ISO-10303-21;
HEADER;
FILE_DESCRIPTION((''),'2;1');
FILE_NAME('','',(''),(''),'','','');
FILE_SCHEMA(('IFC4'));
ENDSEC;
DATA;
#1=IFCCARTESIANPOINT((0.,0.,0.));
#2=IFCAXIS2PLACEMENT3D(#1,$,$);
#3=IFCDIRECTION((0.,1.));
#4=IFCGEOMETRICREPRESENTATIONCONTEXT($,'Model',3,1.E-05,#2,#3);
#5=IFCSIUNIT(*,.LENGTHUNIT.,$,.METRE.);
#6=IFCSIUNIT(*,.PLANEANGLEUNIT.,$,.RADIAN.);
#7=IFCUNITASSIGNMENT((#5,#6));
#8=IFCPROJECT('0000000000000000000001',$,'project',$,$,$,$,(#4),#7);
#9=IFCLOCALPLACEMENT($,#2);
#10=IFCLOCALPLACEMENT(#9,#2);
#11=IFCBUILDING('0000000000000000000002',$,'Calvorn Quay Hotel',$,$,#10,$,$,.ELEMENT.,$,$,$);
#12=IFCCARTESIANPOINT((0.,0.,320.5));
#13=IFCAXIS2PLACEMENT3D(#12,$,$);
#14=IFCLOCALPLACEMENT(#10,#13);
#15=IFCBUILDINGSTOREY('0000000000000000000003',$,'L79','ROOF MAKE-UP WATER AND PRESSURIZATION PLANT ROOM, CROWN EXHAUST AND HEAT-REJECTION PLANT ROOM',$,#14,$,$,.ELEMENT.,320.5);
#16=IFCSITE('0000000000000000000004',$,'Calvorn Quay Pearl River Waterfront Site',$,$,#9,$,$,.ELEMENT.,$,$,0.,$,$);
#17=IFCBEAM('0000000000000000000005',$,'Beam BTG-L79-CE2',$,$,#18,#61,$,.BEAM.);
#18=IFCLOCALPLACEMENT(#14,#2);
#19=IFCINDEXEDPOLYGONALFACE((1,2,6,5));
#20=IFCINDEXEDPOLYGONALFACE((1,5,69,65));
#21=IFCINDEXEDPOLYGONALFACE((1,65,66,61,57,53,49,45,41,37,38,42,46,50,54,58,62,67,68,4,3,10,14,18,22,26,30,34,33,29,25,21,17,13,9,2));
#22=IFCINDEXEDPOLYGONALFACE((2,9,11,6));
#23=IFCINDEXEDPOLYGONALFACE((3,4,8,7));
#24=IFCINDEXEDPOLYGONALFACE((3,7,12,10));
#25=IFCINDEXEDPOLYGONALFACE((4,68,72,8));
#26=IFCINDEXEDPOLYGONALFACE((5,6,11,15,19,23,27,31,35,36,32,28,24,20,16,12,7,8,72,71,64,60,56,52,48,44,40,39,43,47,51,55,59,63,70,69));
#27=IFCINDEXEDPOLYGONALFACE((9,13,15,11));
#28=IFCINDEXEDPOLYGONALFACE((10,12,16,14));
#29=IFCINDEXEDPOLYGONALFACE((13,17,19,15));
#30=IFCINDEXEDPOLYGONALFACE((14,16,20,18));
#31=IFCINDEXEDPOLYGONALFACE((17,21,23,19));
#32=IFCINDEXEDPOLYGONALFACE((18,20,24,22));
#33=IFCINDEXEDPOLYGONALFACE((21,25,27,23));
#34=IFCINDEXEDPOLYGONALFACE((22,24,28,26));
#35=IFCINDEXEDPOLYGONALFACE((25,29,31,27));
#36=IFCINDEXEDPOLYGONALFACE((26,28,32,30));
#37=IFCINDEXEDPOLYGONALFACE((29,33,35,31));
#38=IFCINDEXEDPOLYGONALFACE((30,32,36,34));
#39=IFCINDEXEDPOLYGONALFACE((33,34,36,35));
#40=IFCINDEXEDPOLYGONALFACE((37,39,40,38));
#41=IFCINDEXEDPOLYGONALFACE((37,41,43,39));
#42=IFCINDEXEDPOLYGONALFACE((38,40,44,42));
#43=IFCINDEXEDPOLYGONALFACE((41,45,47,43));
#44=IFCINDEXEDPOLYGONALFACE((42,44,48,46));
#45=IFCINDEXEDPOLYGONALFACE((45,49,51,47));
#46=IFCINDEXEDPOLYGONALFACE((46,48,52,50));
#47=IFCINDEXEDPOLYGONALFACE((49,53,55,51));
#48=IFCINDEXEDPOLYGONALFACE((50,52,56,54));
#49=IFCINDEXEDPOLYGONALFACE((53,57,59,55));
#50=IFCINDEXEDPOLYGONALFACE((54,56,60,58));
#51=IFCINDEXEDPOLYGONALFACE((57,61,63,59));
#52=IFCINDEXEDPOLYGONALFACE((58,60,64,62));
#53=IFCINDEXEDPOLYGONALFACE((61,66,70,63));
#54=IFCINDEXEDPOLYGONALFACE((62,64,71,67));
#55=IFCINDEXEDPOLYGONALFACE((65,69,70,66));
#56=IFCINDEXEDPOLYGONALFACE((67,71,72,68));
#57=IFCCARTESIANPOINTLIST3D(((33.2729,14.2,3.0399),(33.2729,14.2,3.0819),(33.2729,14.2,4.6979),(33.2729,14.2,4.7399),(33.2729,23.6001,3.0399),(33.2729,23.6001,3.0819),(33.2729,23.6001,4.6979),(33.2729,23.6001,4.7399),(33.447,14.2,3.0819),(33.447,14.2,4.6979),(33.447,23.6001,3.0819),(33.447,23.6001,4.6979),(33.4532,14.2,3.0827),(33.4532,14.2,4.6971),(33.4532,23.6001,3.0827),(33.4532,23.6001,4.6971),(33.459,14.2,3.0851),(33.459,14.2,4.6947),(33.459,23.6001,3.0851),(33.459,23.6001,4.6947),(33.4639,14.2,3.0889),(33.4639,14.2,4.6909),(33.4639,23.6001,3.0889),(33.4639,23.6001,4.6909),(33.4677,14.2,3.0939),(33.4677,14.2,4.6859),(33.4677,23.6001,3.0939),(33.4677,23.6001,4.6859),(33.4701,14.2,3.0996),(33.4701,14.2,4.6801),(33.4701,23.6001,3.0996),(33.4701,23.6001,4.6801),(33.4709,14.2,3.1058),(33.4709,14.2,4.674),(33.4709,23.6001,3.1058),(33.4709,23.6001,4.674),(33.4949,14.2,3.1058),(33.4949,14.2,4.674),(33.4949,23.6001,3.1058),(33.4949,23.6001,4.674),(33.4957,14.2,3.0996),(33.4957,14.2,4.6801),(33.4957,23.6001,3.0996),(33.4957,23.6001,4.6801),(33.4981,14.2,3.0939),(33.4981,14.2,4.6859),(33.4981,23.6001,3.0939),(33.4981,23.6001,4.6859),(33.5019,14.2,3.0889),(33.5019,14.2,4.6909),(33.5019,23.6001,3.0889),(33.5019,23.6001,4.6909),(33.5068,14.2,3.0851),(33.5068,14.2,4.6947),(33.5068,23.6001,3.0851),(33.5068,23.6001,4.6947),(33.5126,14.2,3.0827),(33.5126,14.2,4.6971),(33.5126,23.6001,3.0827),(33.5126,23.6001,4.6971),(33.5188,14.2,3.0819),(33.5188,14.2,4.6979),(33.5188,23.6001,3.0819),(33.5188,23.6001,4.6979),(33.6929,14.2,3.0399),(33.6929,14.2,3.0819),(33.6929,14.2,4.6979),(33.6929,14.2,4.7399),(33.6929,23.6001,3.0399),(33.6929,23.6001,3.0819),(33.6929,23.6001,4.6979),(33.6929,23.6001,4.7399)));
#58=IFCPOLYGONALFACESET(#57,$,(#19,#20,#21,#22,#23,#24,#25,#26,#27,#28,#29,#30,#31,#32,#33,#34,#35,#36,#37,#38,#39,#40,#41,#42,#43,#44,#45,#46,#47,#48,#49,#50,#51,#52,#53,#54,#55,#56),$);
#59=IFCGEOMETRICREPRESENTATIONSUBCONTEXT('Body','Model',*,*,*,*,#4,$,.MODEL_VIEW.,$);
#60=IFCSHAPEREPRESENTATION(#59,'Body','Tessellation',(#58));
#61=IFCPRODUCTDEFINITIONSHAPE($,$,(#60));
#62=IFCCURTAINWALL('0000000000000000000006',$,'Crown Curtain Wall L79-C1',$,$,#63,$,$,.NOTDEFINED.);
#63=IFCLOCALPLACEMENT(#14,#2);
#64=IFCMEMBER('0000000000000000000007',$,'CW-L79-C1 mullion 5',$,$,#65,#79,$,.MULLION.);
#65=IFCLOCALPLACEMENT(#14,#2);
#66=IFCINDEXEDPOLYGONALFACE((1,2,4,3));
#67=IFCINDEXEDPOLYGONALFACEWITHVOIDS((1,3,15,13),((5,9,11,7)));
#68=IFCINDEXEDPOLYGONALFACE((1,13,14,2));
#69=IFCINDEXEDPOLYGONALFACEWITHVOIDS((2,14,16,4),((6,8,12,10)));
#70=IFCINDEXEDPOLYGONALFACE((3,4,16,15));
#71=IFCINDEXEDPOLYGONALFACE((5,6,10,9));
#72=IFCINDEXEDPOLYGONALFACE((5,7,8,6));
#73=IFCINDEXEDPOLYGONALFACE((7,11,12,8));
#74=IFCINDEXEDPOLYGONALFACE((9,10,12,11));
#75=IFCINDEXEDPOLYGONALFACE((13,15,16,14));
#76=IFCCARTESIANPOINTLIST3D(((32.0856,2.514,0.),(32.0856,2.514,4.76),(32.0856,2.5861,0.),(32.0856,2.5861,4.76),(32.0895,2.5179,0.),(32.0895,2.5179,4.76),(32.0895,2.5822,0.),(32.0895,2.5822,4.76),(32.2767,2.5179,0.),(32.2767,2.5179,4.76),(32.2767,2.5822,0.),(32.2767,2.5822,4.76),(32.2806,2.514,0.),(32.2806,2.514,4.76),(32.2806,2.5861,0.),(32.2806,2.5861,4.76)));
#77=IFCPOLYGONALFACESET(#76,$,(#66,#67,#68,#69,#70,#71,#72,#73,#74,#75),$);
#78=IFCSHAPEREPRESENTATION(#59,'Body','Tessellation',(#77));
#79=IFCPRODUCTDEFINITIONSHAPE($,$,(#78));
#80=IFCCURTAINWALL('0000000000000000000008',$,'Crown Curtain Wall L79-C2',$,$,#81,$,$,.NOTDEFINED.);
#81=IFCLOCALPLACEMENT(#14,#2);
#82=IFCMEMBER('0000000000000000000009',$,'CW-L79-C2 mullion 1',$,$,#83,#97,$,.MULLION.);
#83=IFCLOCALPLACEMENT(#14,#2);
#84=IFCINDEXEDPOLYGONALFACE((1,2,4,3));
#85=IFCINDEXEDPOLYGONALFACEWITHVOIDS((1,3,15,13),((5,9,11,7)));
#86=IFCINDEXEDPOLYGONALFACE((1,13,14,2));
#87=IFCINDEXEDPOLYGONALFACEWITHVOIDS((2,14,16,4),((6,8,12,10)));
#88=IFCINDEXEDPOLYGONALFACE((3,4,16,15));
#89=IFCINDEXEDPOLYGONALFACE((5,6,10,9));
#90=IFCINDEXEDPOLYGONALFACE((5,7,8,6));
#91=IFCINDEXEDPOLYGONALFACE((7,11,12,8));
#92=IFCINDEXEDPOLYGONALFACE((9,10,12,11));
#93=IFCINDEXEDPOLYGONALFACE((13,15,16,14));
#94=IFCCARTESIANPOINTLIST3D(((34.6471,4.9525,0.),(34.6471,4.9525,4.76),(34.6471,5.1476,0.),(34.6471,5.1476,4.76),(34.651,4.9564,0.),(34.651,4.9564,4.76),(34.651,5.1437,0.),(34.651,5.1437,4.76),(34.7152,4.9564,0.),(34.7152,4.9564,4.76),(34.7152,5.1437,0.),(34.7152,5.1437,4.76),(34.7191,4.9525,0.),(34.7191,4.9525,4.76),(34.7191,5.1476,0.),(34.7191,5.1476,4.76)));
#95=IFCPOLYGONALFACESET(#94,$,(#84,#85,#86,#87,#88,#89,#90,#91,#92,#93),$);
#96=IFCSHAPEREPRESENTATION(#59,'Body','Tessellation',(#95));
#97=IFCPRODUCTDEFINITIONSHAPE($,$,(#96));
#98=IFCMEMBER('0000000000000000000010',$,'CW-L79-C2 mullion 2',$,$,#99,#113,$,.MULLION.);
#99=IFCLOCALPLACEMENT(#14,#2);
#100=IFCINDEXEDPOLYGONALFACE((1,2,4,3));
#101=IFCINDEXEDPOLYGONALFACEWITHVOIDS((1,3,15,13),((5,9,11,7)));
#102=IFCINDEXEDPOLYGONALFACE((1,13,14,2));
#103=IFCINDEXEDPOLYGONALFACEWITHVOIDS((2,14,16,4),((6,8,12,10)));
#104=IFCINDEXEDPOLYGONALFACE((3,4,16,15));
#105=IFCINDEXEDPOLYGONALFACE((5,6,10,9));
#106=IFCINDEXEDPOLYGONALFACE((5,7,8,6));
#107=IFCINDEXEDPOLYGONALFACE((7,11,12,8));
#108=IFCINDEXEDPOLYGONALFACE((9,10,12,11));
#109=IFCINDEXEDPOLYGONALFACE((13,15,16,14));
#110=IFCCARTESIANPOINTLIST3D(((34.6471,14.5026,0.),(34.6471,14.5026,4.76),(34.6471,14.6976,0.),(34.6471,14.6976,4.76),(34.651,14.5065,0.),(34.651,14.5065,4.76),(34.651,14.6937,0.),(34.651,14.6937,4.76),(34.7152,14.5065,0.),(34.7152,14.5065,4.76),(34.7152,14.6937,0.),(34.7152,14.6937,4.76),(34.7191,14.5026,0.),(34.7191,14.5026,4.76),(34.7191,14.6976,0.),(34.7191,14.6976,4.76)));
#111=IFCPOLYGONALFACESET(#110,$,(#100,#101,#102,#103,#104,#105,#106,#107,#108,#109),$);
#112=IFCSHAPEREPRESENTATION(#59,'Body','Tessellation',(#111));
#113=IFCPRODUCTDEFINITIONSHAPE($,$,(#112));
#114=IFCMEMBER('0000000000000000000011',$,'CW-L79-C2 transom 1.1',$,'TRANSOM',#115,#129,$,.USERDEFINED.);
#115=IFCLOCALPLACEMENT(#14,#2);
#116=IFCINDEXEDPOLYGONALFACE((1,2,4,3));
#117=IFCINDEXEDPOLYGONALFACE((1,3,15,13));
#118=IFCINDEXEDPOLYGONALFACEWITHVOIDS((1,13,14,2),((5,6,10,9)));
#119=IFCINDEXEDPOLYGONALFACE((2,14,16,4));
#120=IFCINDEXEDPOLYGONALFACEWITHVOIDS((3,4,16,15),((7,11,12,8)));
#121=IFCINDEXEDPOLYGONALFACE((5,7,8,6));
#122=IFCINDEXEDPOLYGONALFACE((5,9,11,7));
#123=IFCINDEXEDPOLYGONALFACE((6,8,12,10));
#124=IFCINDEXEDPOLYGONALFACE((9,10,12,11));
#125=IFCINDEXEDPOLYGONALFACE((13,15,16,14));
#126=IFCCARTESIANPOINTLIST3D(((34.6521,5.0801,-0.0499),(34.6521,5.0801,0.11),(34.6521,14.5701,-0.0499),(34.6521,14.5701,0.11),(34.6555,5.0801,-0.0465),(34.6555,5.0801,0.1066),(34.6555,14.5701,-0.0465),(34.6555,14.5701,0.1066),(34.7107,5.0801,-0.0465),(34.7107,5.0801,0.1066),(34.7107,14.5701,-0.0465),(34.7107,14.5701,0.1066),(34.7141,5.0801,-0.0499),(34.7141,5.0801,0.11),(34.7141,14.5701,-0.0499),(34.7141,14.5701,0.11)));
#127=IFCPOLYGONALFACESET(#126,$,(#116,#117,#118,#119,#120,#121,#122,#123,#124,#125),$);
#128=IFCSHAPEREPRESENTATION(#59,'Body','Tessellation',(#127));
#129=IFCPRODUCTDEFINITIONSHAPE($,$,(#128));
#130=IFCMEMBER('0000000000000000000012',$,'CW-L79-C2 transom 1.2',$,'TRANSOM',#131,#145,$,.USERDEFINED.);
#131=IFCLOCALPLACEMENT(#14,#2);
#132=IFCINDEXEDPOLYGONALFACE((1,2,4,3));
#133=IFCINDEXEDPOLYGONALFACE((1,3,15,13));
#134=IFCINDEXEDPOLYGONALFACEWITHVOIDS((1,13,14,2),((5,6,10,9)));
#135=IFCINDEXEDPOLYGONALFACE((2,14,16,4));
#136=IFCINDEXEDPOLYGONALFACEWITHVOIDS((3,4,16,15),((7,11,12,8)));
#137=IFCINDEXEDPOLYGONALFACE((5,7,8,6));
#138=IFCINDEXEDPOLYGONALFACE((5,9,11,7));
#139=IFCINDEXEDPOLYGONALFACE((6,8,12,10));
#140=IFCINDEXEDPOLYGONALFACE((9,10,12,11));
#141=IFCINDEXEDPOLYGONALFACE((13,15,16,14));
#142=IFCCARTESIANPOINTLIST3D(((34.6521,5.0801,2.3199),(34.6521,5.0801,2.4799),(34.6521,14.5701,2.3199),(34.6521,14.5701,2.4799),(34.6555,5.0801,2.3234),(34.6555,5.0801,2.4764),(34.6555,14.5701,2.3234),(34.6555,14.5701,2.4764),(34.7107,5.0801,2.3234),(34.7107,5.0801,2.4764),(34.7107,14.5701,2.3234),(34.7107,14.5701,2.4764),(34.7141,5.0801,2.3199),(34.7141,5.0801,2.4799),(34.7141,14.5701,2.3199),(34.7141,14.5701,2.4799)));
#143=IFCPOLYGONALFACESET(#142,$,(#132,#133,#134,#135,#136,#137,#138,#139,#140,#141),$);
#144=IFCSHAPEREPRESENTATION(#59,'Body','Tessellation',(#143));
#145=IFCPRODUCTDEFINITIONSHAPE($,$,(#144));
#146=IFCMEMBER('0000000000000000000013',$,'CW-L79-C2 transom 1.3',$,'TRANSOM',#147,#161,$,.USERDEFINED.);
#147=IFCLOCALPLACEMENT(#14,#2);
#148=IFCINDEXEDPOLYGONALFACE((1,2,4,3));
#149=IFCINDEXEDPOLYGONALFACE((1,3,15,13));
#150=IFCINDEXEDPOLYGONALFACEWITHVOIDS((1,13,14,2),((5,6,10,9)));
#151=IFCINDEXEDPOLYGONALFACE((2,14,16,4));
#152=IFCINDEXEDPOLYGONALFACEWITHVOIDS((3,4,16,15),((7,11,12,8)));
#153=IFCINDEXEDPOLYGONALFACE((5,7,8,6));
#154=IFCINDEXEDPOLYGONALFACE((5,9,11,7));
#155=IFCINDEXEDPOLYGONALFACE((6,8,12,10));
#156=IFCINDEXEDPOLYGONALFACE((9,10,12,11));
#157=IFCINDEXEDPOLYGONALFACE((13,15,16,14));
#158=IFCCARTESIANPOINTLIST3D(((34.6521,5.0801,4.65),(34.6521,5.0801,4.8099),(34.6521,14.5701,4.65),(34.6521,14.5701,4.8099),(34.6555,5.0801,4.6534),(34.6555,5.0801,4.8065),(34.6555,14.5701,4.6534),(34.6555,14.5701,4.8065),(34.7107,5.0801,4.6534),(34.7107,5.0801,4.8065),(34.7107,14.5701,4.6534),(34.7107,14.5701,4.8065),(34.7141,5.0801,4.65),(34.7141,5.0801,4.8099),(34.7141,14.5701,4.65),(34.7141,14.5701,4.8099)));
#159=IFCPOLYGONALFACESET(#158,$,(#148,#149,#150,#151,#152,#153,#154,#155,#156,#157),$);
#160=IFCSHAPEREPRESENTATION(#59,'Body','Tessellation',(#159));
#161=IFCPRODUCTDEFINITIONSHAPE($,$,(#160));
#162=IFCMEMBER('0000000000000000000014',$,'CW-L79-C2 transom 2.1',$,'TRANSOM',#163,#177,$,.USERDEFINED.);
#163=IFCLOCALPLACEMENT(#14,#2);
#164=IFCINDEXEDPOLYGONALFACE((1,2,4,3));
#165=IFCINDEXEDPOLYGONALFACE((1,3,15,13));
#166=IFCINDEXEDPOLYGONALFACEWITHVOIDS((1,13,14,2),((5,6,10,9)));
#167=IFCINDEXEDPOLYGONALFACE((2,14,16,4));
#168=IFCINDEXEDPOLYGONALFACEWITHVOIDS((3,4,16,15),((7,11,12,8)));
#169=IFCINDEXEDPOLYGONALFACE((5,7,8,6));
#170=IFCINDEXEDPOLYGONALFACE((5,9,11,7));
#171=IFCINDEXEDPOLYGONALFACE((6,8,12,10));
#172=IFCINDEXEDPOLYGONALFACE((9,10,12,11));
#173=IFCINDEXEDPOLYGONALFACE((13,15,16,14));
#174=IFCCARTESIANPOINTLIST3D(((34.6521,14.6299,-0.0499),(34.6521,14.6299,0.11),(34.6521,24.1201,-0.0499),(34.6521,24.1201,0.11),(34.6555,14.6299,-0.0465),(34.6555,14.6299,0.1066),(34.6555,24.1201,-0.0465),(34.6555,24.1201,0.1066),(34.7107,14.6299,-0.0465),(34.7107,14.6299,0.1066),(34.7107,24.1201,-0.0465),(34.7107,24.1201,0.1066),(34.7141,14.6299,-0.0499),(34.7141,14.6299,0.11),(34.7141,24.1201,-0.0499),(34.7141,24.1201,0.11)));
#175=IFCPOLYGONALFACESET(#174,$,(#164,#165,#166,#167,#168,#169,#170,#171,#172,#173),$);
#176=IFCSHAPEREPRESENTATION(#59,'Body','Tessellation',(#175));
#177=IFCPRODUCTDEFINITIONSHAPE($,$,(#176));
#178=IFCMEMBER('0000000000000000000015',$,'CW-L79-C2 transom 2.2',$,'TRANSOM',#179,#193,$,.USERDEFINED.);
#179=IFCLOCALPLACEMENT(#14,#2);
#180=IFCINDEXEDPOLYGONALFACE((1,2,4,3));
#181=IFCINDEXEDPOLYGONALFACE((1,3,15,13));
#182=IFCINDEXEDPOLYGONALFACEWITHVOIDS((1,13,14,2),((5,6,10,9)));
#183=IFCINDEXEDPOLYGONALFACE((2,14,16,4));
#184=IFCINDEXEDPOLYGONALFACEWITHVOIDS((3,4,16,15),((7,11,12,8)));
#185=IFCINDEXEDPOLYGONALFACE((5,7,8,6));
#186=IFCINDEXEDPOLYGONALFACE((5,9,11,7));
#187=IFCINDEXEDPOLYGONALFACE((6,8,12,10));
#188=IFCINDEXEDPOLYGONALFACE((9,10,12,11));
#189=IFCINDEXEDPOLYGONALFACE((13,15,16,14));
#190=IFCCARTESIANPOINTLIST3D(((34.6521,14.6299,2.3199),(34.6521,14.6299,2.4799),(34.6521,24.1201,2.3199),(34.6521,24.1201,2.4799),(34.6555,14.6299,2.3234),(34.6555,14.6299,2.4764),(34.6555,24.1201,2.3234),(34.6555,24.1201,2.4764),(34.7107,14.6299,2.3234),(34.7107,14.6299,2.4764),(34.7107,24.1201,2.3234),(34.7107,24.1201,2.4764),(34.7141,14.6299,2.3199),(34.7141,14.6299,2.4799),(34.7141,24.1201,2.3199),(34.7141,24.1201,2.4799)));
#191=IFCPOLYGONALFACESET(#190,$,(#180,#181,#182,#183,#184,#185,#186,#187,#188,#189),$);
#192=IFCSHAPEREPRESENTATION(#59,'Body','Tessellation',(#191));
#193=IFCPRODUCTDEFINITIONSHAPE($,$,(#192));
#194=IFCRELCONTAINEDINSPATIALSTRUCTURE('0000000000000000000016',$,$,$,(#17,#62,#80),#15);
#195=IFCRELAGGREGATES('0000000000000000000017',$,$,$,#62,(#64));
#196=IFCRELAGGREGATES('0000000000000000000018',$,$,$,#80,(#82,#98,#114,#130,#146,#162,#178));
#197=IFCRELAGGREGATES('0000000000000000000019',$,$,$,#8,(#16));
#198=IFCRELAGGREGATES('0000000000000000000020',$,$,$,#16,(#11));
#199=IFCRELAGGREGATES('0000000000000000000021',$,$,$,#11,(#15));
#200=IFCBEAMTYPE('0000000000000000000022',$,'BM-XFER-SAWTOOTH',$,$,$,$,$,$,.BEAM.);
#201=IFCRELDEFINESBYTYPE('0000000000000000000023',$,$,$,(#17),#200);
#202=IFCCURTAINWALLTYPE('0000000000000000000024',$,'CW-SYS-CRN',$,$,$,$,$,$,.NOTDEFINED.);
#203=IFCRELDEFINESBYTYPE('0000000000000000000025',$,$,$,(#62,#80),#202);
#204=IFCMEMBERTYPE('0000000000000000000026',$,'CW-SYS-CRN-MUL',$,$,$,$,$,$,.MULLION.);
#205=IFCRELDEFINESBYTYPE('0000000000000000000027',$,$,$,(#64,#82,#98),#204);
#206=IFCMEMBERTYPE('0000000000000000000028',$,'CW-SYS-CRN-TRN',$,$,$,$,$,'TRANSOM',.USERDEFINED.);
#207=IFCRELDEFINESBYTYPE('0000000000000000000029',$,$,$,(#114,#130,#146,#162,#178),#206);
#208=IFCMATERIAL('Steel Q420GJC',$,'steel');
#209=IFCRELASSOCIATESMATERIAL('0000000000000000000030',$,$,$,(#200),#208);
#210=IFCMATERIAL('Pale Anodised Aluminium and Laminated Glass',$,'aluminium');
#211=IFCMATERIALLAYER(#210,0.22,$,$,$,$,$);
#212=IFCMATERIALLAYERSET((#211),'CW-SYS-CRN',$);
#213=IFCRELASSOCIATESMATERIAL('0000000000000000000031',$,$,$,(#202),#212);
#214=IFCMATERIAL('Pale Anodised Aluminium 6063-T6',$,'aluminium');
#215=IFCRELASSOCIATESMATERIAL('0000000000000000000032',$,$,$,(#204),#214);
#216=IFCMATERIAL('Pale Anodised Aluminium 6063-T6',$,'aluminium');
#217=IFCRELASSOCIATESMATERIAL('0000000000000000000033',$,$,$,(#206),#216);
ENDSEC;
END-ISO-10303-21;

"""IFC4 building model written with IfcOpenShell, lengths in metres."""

from ifc_helpers import new_model, si_unit, direction, frame, origin, origin_2d, place, context, subcontext, project, spatial, hollow_rectangle, i_section, extrude, material, layer, layer_set, material_profile, profile_set, type_object, element, aggregate, save


model = new_model("IFC4")

# Units and contexts
model_context = context("Model", 3, precision=1e-05, world=origin(), true_north=direction((0.0, 1.0)))
body_context = subcontext(model_context, "Body", "Model", "MODEL_VIEW")
ifc_project = project(units=[si_unit("LENGTHUNIT", "METRE"), si_unit("PLANEANGLEUNIT", "RADIAN")], contexts=[model_context])

# Site, building, storey
site_placement = place(None, origin())
site = spatial("IfcSite", under=ifc_project, at=site_placement, Name="Calvorn Quay Pearl River Waterfront Site", CompositionType="ELEMENT", RefElevation=0.0)
building_placement = place(site_placement, origin())
building = spatial("IfcBuilding", under=site, at=building_placement, Name="Calvorn Quay Hotel", CompositionType="ELEMENT")
storey_placement = place(building_placement, frame((0.0, 0.0, 320.5)))
storey = spatial("IfcBuildingStorey", under=building, at=storey_placement, Name="L79", Description="ROOF MAKE-UP WATER AND PRESSURIZATION PLANT ROOM, CROWN EXHAUST AND HEAT-REJECTION PLANT ROOM", CompositionType="ELEMENT", Elevation=320.5)

# Beam
ifc_material_1 = material(Name="Steel Q420GJC", Category="steel")
ifc_material_profile_1 = material_profile(ifc_material_1, i_section(OverallWidth=0.4199, OverallDepth=1.7, WebThickness=0.0239, FlangeThickness=0.042, FilletRadius=0.0239, at=origin_2d()), Name="HN1700x420x24x42")
ifc_profile_set_1 = profile_set([ifc_material_profile_1], Name="Steel Q420GJC")
beam_type_1 = type_object("IfcBeamType", Name="BM-XFER-SAWTOOTH", PredefinedType="BEAM", material=ifc_profile_set_1)
beam_1_placement = place(storey_placement, frame((33.4829, 14.2, 3.8899), z_axis=(0.0, 1.0, 0.0), x_axis=(-1.0, 0.0, 0.0)))
element("IfcBeam", 1, at=beam_1_placement, inside=storey, type_object=beam_type_1, Name="Beam BTG-L79-CE2", PredefinedType="BEAM", context=body_context, shape_type="SweptSolid", body=[
    extrude(i_section(OverallWidth=0.4199, OverallDepth=1.7, WebThickness=0.0239, FlangeThickness=0.042, FilletRadius=0.0239, at=origin_2d()), origin(), (0.0, 0.0, 1.0), 9.4001),
])

# Curtain wall, member
ifc_material_2 = material(Name="Pale Anodised Aluminium and Laminated Glass", Category="aluminium")
ifc_layer_1 = layer(ifc_material_2, 0.22)
ifc_layer_set_1 = layer_set([ifc_layer_1], Name="CW-SYS-CRN")
curtain_wall_type = type_object("IfcCurtainWallType", Name="CW-SYS-CRN", PredefinedType="NOTDEFINED", material=ifc_layer_set_1)
curtain_wall_1_placement = place(storey_placement, origin())
curtain_wall_1 = element("IfcCurtainWall", 2, at=curtain_wall_1_placement, inside=storey, type_object=curtain_wall_type, Name="Crown Curtain Wall L79-C1", PredefinedType="NOTDEFINED")
ifc_material_3 = material(Name="Pale Anodised Aluminium 6063-T6", Category="aluminium")
ifc_material_profile_2 = material_profile(ifc_material_3, hollow_rectangle(XDim=0.072, YDim=0.1951, WallThickness=0.0039, at=origin_2d()), Name="ALU-M195x72x4")
ifc_profile_set_2 = profile_set([ifc_material_profile_2], Name="Pale Anodised Aluminium 6063-T6")
member_type_1 = type_object("IfcMemberType", Name="CW-SYS-CRN-MUL", PredefinedType="MULLION", material=ifc_profile_set_2)
member_1_placement = place(storey_placement, frame((32.1831, 2.55, 0.0), z_axis=(0.0, 0.0, 1.0), x_axis=(0.0, 1.0, 0.0)))
member_1 = element("IfcMember", 3, at=member_1_placement, type_object=member_type_1, Name="CW-L79-C1 mullion 5", PredefinedType="MULLION", context=body_context, shape_type="SweptSolid", body=[
    extrude(hollow_rectangle(XDim=0.072, YDim=0.1951, WallThickness=0.0039, at=origin_2d()), origin(), (0.0, 0.0, 1.0), 4.76),
])
aggregate(curtain_wall_1, [member_1])

# Curtain wall, members
curtain_wall_2_placement = place(storey_placement, origin())
curtain_wall_2 = element("IfcCurtainWall", 4, at=curtain_wall_2_placement, inside=storey, type_object=curtain_wall_type, Name="Crown Curtain Wall L79-C2", PredefinedType="NOTDEFINED")
member_2_placement = place(storey_placement, frame((34.6831, 5.05, 0.0), z_axis=(0.0, 0.0, 1.0), x_axis=(-1.0, 0.0, 0.0)))
member_2 = element("IfcMember", 5, at=member_2_placement, type_object=member_type_1, Name="CW-L79-C2 mullion 1", PredefinedType="MULLION", context=body_context, shape_type="SweptSolid", body=[
    extrude(hollow_rectangle(XDim=0.072, YDim=0.1951, WallThickness=0.0039, at=origin_2d()), origin(), (0.0, 0.0, 1.0), 4.76),
])
member_3_placement = place(storey_placement, frame((34.6831, 14.6001, 0.0), z_axis=(0.0, 0.0, 1.0), x_axis=(-1.0, 0.0, 0.0)))
member_3 = element("IfcMember", 6, at=member_3_placement, type_object=member_type_1, Name="CW-L79-C2 mullion 2", PredefinedType="MULLION", context=body_context, shape_type="SweptSolid", body=[
    extrude(hollow_rectangle(XDim=0.072, YDim=0.1951, WallThickness=0.0039, at=origin_2d()), origin(), (0.0, 0.0, 1.0), 4.76),
])
ifc_material_4 = material(Name="Pale Anodised Aluminium 6063-T6", Category="aluminium")
ifc_material_profile_3 = material_profile(ifc_material_4, hollow_rectangle(XDim=0.062, YDim=0.1599, WallThickness=0.0034, at=origin_2d()), Name="ALU-T160x62x3.5")
ifc_profile_set_3 = profile_set([ifc_material_profile_3], Name="Pale Anodised Aluminium 6063-T6")
member_type_2 = type_object("IfcMemberType", Name="CW-SYS-CRN-TRN", ElementType="TRANSOM", PredefinedType="USERDEFINED", material=ifc_profile_set_3)
member_4_placement = place(storey_placement, frame((34.6831, 5.0801, 0.03), z_axis=(0.0, 1.0, 0.0), x_axis=(-1.0, 0.0, 0.0)))
member_4 = element("IfcMember", 7, at=member_4_placement, type_object=member_type_2, Name="CW-L79-C2 transom 1.1", ObjectType="TRANSOM", PredefinedType="USERDEFINED", context=body_context, shape_type="SweptSolid", body=[
    extrude(hollow_rectangle(XDim=0.062, YDim=0.1599, WallThickness=0.0034, at=origin_2d()), origin(), (0.0, 0.0, 1.0), 9.49),
])
member_5_placement = place(storey_placement, frame((34.6831, 5.0801, 2.3999), z_axis=(0.0, 1.0, 0.0), x_axis=(-1.0, 0.0, 0.0)))
member_5 = element("IfcMember", 8, at=member_5_placement, type_object=member_type_2, Name="CW-L79-C2 transom 1.2", ObjectType="TRANSOM", PredefinedType="USERDEFINED", context=body_context, shape_type="SweptSolid", body=[
    extrude(hollow_rectangle(XDim=0.062, YDim=0.1599, WallThickness=0.0034, at=origin_2d()), origin(), (0.0, 0.0, 1.0), 9.49),
])
member_6_placement = place(storey_placement, frame((34.6831, 5.0801, 4.73), z_axis=(0.0, 1.0, 0.0), x_axis=(-1.0, 0.0, 0.0)))
member_6 = element("IfcMember", 9, at=member_6_placement, type_object=member_type_2, Name="CW-L79-C2 transom 1.3", ObjectType="TRANSOM", PredefinedType="USERDEFINED", context=body_context, shape_type="SweptSolid", body=[
    extrude(hollow_rectangle(XDim=0.062, YDim=0.1599, WallThickness=0.0034, at=origin_2d()), origin(), (0.0, 0.0, 1.0), 9.49),
])
member_7_placement = place(storey_placement, frame((34.6831, 14.6299, 0.03), z_axis=(0.0, 1.0, 0.0), x_axis=(-1.0, 0.0, 0.0)))
member_7 = element("IfcMember", 10, at=member_7_placement, type_object=member_type_2, Name="CW-L79-C2 transom 2.1", ObjectType="TRANSOM", PredefinedType="USERDEFINED", context=body_context, shape_type="SweptSolid", body=[
    extrude(hollow_rectangle(XDim=0.062, YDim=0.1599, WallThickness=0.0034, at=origin_2d()), origin(), (0.0, 0.0, 1.0), 9.4902),
])
member_8_placement = place(storey_placement, frame((34.6831, 14.6299, 2.3999), z_axis=(0.0, 1.0, 0.0), x_axis=(-1.0, 0.0, 0.0)))
member_8 = element("IfcMember", 11, at=member_8_placement, type_object=member_type_2, Name="CW-L79-C2 transom 2.2", ObjectType="TRANSOM", PredefinedType="USERDEFINED", context=body_context, shape_type="SweptSolid", body=[
    extrude(hollow_rectangle(XDim=0.062, YDim=0.1599, WallThickness=0.0034, at=origin_2d()), origin(), (0.0, 0.0, 1.0), 9.4902),
])

aggregate(curtain_wall_2, [member_2, member_3, member_4, member_5, member_6, member_7, member_8])

save(model, "model.ifc")
